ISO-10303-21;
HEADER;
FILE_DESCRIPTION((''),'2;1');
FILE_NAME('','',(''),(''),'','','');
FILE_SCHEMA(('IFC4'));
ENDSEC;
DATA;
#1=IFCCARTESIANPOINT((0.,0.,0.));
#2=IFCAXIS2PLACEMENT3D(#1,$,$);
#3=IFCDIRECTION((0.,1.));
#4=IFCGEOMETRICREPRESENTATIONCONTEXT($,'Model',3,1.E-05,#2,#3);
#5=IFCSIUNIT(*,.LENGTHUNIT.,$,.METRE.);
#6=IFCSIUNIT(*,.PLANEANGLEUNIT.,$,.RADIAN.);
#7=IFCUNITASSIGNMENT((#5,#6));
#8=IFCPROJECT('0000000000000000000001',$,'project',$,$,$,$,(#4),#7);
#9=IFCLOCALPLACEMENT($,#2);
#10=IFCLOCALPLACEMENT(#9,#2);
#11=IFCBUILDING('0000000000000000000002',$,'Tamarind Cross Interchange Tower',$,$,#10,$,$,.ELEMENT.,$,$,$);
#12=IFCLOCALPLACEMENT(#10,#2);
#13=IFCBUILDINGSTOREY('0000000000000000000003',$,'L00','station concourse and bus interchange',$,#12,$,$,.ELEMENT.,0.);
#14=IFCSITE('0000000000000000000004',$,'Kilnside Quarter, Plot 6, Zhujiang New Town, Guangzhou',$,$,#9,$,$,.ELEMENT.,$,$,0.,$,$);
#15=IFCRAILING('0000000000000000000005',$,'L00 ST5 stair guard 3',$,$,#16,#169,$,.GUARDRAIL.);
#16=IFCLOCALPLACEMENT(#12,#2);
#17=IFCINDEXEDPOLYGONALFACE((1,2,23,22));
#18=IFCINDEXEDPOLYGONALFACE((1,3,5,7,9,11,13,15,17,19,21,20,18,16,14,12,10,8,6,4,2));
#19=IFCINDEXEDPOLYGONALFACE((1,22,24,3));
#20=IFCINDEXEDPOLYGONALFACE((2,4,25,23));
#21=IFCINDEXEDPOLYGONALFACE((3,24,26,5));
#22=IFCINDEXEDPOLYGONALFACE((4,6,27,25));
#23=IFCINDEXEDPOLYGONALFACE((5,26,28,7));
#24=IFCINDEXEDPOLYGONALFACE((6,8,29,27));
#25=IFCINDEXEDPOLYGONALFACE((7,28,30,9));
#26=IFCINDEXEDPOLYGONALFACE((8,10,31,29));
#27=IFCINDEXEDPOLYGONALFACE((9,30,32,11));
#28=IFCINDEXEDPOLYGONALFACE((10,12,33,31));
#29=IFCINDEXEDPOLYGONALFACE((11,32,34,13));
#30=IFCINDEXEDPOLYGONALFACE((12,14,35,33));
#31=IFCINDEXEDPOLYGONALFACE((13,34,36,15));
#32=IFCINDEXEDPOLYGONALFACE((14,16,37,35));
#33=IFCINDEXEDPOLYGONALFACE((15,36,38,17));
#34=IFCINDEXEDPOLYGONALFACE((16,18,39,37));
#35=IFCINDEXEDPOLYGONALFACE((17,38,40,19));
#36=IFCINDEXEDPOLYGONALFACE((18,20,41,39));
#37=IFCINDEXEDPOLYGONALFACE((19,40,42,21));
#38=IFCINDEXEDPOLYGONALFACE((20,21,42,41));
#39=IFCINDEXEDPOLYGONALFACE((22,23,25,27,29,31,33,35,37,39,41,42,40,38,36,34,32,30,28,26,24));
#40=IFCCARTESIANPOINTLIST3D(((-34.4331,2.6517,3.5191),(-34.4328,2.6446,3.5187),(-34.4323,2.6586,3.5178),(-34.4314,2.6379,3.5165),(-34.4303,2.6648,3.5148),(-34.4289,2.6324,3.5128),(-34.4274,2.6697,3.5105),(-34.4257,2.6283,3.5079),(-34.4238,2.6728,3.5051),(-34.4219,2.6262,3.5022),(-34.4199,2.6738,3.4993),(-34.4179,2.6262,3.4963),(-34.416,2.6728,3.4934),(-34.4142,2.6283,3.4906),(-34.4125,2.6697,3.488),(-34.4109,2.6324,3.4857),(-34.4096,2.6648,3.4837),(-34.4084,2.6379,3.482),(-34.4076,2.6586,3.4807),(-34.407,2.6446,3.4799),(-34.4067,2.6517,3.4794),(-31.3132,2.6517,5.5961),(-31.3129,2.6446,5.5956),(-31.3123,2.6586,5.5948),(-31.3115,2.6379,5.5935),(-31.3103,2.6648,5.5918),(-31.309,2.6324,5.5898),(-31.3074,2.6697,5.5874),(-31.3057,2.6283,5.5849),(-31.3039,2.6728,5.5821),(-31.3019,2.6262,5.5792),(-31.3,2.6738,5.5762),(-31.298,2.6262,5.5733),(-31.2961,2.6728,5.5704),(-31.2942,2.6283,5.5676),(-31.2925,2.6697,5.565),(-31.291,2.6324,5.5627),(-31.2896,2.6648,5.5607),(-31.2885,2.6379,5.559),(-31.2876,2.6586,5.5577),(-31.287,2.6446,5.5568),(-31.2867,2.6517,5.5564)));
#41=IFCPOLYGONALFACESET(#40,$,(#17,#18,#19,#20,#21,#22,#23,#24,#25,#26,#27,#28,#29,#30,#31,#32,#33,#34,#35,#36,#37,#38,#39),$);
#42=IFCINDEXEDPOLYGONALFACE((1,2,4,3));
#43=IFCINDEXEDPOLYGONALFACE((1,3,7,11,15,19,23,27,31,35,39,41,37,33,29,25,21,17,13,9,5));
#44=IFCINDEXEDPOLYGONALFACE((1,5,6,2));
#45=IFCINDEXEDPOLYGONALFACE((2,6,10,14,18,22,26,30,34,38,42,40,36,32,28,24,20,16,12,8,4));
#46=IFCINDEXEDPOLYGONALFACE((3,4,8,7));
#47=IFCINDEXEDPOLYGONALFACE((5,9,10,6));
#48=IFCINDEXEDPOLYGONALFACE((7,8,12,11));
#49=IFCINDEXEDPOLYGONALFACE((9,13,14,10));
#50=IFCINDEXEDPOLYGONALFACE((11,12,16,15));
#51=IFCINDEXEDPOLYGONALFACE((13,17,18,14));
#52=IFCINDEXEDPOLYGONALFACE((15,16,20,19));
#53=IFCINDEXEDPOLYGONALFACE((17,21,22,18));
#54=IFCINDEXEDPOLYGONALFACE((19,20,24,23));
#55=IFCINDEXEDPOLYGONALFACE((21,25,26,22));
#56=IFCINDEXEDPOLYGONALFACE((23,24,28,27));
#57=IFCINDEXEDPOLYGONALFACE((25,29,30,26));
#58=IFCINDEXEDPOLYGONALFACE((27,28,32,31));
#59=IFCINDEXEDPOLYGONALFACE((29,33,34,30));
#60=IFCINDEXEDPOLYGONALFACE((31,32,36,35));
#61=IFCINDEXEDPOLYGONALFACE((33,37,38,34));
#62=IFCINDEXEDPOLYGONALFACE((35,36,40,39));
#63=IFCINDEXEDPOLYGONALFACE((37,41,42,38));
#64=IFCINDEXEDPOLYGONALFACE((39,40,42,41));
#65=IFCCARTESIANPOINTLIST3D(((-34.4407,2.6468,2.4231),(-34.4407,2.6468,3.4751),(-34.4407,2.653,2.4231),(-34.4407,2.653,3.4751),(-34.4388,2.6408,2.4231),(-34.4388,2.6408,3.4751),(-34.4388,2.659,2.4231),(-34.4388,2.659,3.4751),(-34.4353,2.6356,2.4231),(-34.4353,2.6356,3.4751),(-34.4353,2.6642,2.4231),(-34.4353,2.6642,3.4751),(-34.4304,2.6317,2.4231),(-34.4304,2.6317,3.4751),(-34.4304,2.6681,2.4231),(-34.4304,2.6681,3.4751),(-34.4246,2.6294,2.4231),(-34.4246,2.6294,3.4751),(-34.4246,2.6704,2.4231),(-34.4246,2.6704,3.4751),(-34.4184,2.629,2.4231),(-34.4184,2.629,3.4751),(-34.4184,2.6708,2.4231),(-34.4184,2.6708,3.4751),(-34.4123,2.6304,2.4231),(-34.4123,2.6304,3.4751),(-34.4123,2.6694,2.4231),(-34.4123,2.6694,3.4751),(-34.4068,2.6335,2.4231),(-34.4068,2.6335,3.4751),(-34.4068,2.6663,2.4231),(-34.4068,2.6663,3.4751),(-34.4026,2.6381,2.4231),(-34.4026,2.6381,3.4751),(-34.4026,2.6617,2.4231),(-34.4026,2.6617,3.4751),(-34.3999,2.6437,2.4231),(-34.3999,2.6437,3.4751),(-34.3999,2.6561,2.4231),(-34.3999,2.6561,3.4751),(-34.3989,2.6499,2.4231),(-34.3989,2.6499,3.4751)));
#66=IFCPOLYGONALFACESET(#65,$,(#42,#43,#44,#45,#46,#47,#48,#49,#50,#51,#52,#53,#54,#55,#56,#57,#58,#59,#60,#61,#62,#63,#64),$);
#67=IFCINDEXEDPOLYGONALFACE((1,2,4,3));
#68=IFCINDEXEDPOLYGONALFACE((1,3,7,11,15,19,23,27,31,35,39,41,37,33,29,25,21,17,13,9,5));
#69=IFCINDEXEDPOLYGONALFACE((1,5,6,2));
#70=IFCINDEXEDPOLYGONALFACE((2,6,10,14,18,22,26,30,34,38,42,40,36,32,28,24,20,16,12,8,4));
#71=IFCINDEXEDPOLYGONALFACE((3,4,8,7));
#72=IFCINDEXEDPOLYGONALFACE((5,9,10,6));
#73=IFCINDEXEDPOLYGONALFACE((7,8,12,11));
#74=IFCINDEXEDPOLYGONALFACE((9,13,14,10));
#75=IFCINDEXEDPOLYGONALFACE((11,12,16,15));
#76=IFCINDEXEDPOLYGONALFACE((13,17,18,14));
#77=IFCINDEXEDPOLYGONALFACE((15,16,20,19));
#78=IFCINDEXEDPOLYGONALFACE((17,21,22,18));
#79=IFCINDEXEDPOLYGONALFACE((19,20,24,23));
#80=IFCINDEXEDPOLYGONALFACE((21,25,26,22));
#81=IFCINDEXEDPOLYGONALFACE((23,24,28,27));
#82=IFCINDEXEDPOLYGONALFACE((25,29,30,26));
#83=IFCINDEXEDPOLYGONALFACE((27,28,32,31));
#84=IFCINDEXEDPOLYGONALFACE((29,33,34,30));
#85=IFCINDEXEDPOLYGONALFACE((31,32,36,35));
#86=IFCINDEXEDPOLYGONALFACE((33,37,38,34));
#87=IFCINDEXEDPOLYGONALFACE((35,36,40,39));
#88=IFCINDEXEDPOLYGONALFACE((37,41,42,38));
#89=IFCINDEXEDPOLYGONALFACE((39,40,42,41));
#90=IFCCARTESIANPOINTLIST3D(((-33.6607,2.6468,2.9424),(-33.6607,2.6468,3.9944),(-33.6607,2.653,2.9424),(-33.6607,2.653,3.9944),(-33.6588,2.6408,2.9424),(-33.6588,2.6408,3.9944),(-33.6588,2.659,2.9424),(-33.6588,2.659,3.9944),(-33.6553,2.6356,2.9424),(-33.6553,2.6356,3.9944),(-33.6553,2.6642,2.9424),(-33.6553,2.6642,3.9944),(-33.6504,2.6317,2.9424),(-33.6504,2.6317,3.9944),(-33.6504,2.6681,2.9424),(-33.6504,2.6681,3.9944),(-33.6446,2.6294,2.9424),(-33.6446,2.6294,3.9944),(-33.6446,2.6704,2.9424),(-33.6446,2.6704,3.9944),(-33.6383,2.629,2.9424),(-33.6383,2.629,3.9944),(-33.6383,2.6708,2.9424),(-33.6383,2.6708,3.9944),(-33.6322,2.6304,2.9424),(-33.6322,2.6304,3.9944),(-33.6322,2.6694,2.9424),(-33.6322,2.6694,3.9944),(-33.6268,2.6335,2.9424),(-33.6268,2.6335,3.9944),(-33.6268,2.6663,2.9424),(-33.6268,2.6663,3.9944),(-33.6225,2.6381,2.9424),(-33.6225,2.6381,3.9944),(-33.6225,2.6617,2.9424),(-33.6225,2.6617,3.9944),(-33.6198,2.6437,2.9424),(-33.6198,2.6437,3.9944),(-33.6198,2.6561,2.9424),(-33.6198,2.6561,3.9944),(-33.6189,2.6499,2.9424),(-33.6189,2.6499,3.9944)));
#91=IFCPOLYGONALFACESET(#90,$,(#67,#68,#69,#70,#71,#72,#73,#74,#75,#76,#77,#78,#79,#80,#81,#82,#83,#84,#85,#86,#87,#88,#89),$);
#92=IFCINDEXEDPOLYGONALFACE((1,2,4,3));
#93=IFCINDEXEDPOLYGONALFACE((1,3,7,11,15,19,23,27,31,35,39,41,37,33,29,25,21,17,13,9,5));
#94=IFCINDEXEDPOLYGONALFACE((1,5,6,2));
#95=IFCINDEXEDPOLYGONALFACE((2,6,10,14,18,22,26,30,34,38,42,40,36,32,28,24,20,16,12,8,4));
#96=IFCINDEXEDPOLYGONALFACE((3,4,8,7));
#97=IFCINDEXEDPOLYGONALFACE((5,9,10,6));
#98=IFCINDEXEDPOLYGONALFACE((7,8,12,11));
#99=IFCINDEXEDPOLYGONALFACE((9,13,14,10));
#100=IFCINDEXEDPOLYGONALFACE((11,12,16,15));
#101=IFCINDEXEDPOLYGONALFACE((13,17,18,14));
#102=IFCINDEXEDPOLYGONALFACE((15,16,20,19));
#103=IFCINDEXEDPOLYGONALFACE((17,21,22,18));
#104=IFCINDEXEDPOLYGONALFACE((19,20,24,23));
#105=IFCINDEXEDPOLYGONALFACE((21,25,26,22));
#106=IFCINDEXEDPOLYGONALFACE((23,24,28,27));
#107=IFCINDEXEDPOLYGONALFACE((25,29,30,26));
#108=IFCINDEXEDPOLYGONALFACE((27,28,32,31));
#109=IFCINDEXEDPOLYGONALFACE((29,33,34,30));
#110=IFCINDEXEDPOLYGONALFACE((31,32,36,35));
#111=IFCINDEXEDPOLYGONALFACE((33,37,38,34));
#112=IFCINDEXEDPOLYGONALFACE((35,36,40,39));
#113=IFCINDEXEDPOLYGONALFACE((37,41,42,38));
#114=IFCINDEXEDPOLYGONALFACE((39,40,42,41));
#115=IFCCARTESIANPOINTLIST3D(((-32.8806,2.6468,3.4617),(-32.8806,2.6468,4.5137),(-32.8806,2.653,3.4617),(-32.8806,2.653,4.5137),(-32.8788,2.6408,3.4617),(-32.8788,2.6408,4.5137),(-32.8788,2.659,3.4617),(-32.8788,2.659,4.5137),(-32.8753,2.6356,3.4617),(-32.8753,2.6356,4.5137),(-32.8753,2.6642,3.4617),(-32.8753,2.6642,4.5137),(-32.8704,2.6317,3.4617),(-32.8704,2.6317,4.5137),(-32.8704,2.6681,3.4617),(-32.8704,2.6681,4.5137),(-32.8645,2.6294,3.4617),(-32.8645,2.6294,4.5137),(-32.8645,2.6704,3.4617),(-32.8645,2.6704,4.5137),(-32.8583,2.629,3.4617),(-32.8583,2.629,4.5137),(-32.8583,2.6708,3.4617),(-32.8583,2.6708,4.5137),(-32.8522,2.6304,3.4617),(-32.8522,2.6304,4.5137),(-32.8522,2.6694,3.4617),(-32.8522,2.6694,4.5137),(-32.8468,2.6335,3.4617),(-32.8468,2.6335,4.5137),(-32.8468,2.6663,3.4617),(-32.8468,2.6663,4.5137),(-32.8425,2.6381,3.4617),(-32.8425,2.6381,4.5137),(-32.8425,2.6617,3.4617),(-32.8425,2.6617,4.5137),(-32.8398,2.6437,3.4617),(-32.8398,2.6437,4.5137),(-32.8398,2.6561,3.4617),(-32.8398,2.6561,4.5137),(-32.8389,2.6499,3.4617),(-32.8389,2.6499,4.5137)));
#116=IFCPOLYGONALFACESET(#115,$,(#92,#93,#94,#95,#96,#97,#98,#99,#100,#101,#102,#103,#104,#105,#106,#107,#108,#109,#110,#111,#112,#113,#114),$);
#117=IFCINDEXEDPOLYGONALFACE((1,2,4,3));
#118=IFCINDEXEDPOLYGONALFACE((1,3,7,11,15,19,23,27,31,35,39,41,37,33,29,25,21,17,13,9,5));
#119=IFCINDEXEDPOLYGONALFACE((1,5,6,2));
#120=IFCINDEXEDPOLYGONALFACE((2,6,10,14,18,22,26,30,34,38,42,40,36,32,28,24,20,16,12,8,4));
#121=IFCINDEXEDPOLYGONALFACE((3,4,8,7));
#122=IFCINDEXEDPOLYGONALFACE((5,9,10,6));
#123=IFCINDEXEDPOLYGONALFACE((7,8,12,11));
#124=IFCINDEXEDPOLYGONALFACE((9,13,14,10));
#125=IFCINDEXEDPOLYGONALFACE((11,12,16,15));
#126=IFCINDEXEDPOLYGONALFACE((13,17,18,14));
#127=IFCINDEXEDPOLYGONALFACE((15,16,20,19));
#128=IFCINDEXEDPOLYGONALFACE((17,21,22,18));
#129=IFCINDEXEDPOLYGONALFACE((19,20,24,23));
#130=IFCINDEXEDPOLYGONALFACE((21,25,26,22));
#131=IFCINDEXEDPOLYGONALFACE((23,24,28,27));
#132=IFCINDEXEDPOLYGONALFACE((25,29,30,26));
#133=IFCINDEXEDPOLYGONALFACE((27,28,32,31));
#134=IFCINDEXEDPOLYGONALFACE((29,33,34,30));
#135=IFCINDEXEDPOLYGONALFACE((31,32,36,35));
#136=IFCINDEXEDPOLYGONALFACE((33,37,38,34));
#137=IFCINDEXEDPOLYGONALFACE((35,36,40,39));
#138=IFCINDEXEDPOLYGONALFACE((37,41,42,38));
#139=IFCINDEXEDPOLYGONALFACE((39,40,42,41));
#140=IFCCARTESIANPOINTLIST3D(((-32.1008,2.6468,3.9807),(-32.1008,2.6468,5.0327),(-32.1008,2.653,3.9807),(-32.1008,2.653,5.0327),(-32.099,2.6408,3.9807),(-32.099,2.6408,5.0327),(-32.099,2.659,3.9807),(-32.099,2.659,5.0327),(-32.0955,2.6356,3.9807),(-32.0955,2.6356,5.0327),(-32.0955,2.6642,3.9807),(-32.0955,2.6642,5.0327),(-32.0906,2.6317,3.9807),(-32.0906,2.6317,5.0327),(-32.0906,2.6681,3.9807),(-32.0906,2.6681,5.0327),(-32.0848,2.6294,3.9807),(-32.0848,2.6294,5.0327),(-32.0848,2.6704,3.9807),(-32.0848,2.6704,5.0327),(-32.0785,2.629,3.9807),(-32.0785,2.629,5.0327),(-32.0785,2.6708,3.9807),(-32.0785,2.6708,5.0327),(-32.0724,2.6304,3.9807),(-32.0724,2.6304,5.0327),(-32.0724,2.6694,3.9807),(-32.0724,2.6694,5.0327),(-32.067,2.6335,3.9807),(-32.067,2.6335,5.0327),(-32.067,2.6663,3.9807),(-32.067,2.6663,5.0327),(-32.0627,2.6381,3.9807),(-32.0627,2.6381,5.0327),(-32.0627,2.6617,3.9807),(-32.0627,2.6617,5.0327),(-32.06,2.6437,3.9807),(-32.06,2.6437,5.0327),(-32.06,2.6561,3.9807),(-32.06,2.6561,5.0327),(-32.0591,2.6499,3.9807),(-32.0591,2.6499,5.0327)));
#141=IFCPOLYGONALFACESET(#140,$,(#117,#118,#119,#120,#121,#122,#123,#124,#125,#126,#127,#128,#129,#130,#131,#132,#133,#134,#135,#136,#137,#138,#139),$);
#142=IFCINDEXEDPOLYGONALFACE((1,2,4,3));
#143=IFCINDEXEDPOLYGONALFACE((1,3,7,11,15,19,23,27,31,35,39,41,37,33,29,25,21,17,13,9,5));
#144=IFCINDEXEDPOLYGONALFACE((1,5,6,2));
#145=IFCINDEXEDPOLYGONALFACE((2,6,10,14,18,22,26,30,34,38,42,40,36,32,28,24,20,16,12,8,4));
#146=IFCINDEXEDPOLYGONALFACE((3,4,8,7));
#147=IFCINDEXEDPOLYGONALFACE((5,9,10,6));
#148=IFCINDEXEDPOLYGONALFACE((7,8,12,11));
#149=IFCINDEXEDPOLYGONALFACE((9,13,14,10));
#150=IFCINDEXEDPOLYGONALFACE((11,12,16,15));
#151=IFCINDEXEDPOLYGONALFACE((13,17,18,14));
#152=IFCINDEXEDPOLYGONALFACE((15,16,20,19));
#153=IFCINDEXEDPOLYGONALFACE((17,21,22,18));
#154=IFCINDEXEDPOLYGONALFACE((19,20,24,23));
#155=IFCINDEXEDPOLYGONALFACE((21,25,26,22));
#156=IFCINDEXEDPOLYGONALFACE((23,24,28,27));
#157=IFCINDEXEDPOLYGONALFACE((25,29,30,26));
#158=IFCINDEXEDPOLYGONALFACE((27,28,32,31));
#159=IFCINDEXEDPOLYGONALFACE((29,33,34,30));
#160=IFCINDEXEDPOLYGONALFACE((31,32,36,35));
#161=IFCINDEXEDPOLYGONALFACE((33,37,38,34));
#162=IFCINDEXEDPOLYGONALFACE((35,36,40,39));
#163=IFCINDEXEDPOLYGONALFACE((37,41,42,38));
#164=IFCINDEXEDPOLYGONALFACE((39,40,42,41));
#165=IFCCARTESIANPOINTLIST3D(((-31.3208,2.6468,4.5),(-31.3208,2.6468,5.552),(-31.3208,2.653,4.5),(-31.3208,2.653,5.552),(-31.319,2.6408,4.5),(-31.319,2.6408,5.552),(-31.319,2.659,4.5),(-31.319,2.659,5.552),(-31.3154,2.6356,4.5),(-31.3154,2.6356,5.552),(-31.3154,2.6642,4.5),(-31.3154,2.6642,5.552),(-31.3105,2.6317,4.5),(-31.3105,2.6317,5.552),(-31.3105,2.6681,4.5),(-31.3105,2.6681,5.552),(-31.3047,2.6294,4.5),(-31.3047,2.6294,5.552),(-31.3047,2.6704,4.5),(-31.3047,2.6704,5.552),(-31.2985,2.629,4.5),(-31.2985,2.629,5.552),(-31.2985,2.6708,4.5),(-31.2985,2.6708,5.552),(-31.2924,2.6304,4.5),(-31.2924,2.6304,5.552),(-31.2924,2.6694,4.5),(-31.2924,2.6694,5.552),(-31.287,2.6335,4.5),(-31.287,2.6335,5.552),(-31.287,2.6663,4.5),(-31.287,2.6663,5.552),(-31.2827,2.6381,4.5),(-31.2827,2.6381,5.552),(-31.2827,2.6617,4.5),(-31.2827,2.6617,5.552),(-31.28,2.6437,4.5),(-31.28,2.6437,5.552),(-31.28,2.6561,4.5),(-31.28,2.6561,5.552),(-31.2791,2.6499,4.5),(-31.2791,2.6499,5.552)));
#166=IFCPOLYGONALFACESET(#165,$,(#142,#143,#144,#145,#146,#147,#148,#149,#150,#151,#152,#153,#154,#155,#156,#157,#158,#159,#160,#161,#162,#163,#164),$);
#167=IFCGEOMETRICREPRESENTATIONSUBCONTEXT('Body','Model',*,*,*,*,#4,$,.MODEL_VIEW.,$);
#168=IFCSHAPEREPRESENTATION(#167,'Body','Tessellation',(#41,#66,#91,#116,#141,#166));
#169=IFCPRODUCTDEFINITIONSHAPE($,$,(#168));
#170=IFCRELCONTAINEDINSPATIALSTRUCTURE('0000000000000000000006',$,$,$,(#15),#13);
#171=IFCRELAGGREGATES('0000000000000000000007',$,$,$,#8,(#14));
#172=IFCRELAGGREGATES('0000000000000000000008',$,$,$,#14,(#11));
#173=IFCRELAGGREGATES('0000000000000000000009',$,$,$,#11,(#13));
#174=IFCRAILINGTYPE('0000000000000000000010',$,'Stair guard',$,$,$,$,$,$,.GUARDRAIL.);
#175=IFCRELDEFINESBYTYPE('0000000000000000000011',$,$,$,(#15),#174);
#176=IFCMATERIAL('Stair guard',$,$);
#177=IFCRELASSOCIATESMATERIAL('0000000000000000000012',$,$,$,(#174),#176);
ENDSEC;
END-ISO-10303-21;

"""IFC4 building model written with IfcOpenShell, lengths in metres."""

from ifc_helpers import new_model, si_unit, direction, frame, origin, origin_2d, place, context, subcontext, project, spatial, circle, extrude, material, type_object, element, save


model = new_model("IFC4")

# Units and contexts
model_context = context("Model", 3, precision=1e-05, world=origin(), true_north=direction((0.0, 1.0)))
body_context = subcontext(model_context, "Body", "Model", "MODEL_VIEW")
ifc_project = project(units=[si_unit("LENGTHUNIT", "METRE"), si_unit("PLANEANGLEUNIT", "RADIAN")], contexts=[model_context])

# Site, building, storey
site_placement = place(None, origin())
site = spatial("IfcSite", under=ifc_project, at=site_placement, Name="Kilnside Quarter, Plot 6, Zhujiang New Town, Guangzhou", CompositionType="ELEMENT", RefElevation=0.0)
building_placement = place(site_placement, origin())
building = spatial("IfcBuilding", under=site, at=building_placement, Name="Tamarind Cross Interchange Tower", CompositionType="ELEMENT")
storey_placement = place(building_placement, origin())
storey = spatial("IfcBuildingStorey", under=building, at=storey_placement, Name="L00", Description="station concourse and bus interchange", CompositionType="ELEMENT", Elevation=0.0)

# Railing
ifc_material_1 = material(Name="Stair guard")
railing_type_1 = type_object("IfcRailingType", Name="Stair guard", PredefinedType="GUARDRAIL", material=ifc_material_1)
railing_1_placement = place(storey_placement, frame((-34.4199, 2.6499, 2.4231)))
element("IfcRailing", 1, at=railing_1_placement, inside=storey, type_object=railing_type_1, Name="L00 ST5 stair guard 3", PredefinedType="GUARDRAIL", context=body_context, shape_type="SweptSolid", body=[
    extrude(circle(Radius=0.0239, at=origin_2d()), frame((0.0, 0.0, 1.0762), z_axis=(0.832421, 0.0, 0.554144), x_axis=(0.0, 1.0, 0.0)), (0.0, 0.0, 1.0), 3.748),
    extrude(circle(Radius=0.021, at=origin_2d()), origin(), (0.0, 0.0, 1.0), 1.052),
    extrude(circle(Radius=0.021, at=origin_2d()), frame((0.78, 0.0, 0.5193)), (0.0, 0.0, 1.0), 1.052),
    extrude(circle(Radius=0.021, at=origin_2d()), frame((1.5601, 0.0, 1.0386)), (0.0, 0.0, 1.0), 1.052),
    extrude(circle(Radius=0.021, at=origin_2d()), frame((2.3398, 0.0, 1.5576)), (0.0, 0.0, 1.0), 1.052),
    extrude(circle(Radius=0.021, at=origin_2d()), frame((3.1199, 0.0, 2.0769)), (0.0, 0.0, 1.0), 1.052),
])

save(model, "model.ifc")
